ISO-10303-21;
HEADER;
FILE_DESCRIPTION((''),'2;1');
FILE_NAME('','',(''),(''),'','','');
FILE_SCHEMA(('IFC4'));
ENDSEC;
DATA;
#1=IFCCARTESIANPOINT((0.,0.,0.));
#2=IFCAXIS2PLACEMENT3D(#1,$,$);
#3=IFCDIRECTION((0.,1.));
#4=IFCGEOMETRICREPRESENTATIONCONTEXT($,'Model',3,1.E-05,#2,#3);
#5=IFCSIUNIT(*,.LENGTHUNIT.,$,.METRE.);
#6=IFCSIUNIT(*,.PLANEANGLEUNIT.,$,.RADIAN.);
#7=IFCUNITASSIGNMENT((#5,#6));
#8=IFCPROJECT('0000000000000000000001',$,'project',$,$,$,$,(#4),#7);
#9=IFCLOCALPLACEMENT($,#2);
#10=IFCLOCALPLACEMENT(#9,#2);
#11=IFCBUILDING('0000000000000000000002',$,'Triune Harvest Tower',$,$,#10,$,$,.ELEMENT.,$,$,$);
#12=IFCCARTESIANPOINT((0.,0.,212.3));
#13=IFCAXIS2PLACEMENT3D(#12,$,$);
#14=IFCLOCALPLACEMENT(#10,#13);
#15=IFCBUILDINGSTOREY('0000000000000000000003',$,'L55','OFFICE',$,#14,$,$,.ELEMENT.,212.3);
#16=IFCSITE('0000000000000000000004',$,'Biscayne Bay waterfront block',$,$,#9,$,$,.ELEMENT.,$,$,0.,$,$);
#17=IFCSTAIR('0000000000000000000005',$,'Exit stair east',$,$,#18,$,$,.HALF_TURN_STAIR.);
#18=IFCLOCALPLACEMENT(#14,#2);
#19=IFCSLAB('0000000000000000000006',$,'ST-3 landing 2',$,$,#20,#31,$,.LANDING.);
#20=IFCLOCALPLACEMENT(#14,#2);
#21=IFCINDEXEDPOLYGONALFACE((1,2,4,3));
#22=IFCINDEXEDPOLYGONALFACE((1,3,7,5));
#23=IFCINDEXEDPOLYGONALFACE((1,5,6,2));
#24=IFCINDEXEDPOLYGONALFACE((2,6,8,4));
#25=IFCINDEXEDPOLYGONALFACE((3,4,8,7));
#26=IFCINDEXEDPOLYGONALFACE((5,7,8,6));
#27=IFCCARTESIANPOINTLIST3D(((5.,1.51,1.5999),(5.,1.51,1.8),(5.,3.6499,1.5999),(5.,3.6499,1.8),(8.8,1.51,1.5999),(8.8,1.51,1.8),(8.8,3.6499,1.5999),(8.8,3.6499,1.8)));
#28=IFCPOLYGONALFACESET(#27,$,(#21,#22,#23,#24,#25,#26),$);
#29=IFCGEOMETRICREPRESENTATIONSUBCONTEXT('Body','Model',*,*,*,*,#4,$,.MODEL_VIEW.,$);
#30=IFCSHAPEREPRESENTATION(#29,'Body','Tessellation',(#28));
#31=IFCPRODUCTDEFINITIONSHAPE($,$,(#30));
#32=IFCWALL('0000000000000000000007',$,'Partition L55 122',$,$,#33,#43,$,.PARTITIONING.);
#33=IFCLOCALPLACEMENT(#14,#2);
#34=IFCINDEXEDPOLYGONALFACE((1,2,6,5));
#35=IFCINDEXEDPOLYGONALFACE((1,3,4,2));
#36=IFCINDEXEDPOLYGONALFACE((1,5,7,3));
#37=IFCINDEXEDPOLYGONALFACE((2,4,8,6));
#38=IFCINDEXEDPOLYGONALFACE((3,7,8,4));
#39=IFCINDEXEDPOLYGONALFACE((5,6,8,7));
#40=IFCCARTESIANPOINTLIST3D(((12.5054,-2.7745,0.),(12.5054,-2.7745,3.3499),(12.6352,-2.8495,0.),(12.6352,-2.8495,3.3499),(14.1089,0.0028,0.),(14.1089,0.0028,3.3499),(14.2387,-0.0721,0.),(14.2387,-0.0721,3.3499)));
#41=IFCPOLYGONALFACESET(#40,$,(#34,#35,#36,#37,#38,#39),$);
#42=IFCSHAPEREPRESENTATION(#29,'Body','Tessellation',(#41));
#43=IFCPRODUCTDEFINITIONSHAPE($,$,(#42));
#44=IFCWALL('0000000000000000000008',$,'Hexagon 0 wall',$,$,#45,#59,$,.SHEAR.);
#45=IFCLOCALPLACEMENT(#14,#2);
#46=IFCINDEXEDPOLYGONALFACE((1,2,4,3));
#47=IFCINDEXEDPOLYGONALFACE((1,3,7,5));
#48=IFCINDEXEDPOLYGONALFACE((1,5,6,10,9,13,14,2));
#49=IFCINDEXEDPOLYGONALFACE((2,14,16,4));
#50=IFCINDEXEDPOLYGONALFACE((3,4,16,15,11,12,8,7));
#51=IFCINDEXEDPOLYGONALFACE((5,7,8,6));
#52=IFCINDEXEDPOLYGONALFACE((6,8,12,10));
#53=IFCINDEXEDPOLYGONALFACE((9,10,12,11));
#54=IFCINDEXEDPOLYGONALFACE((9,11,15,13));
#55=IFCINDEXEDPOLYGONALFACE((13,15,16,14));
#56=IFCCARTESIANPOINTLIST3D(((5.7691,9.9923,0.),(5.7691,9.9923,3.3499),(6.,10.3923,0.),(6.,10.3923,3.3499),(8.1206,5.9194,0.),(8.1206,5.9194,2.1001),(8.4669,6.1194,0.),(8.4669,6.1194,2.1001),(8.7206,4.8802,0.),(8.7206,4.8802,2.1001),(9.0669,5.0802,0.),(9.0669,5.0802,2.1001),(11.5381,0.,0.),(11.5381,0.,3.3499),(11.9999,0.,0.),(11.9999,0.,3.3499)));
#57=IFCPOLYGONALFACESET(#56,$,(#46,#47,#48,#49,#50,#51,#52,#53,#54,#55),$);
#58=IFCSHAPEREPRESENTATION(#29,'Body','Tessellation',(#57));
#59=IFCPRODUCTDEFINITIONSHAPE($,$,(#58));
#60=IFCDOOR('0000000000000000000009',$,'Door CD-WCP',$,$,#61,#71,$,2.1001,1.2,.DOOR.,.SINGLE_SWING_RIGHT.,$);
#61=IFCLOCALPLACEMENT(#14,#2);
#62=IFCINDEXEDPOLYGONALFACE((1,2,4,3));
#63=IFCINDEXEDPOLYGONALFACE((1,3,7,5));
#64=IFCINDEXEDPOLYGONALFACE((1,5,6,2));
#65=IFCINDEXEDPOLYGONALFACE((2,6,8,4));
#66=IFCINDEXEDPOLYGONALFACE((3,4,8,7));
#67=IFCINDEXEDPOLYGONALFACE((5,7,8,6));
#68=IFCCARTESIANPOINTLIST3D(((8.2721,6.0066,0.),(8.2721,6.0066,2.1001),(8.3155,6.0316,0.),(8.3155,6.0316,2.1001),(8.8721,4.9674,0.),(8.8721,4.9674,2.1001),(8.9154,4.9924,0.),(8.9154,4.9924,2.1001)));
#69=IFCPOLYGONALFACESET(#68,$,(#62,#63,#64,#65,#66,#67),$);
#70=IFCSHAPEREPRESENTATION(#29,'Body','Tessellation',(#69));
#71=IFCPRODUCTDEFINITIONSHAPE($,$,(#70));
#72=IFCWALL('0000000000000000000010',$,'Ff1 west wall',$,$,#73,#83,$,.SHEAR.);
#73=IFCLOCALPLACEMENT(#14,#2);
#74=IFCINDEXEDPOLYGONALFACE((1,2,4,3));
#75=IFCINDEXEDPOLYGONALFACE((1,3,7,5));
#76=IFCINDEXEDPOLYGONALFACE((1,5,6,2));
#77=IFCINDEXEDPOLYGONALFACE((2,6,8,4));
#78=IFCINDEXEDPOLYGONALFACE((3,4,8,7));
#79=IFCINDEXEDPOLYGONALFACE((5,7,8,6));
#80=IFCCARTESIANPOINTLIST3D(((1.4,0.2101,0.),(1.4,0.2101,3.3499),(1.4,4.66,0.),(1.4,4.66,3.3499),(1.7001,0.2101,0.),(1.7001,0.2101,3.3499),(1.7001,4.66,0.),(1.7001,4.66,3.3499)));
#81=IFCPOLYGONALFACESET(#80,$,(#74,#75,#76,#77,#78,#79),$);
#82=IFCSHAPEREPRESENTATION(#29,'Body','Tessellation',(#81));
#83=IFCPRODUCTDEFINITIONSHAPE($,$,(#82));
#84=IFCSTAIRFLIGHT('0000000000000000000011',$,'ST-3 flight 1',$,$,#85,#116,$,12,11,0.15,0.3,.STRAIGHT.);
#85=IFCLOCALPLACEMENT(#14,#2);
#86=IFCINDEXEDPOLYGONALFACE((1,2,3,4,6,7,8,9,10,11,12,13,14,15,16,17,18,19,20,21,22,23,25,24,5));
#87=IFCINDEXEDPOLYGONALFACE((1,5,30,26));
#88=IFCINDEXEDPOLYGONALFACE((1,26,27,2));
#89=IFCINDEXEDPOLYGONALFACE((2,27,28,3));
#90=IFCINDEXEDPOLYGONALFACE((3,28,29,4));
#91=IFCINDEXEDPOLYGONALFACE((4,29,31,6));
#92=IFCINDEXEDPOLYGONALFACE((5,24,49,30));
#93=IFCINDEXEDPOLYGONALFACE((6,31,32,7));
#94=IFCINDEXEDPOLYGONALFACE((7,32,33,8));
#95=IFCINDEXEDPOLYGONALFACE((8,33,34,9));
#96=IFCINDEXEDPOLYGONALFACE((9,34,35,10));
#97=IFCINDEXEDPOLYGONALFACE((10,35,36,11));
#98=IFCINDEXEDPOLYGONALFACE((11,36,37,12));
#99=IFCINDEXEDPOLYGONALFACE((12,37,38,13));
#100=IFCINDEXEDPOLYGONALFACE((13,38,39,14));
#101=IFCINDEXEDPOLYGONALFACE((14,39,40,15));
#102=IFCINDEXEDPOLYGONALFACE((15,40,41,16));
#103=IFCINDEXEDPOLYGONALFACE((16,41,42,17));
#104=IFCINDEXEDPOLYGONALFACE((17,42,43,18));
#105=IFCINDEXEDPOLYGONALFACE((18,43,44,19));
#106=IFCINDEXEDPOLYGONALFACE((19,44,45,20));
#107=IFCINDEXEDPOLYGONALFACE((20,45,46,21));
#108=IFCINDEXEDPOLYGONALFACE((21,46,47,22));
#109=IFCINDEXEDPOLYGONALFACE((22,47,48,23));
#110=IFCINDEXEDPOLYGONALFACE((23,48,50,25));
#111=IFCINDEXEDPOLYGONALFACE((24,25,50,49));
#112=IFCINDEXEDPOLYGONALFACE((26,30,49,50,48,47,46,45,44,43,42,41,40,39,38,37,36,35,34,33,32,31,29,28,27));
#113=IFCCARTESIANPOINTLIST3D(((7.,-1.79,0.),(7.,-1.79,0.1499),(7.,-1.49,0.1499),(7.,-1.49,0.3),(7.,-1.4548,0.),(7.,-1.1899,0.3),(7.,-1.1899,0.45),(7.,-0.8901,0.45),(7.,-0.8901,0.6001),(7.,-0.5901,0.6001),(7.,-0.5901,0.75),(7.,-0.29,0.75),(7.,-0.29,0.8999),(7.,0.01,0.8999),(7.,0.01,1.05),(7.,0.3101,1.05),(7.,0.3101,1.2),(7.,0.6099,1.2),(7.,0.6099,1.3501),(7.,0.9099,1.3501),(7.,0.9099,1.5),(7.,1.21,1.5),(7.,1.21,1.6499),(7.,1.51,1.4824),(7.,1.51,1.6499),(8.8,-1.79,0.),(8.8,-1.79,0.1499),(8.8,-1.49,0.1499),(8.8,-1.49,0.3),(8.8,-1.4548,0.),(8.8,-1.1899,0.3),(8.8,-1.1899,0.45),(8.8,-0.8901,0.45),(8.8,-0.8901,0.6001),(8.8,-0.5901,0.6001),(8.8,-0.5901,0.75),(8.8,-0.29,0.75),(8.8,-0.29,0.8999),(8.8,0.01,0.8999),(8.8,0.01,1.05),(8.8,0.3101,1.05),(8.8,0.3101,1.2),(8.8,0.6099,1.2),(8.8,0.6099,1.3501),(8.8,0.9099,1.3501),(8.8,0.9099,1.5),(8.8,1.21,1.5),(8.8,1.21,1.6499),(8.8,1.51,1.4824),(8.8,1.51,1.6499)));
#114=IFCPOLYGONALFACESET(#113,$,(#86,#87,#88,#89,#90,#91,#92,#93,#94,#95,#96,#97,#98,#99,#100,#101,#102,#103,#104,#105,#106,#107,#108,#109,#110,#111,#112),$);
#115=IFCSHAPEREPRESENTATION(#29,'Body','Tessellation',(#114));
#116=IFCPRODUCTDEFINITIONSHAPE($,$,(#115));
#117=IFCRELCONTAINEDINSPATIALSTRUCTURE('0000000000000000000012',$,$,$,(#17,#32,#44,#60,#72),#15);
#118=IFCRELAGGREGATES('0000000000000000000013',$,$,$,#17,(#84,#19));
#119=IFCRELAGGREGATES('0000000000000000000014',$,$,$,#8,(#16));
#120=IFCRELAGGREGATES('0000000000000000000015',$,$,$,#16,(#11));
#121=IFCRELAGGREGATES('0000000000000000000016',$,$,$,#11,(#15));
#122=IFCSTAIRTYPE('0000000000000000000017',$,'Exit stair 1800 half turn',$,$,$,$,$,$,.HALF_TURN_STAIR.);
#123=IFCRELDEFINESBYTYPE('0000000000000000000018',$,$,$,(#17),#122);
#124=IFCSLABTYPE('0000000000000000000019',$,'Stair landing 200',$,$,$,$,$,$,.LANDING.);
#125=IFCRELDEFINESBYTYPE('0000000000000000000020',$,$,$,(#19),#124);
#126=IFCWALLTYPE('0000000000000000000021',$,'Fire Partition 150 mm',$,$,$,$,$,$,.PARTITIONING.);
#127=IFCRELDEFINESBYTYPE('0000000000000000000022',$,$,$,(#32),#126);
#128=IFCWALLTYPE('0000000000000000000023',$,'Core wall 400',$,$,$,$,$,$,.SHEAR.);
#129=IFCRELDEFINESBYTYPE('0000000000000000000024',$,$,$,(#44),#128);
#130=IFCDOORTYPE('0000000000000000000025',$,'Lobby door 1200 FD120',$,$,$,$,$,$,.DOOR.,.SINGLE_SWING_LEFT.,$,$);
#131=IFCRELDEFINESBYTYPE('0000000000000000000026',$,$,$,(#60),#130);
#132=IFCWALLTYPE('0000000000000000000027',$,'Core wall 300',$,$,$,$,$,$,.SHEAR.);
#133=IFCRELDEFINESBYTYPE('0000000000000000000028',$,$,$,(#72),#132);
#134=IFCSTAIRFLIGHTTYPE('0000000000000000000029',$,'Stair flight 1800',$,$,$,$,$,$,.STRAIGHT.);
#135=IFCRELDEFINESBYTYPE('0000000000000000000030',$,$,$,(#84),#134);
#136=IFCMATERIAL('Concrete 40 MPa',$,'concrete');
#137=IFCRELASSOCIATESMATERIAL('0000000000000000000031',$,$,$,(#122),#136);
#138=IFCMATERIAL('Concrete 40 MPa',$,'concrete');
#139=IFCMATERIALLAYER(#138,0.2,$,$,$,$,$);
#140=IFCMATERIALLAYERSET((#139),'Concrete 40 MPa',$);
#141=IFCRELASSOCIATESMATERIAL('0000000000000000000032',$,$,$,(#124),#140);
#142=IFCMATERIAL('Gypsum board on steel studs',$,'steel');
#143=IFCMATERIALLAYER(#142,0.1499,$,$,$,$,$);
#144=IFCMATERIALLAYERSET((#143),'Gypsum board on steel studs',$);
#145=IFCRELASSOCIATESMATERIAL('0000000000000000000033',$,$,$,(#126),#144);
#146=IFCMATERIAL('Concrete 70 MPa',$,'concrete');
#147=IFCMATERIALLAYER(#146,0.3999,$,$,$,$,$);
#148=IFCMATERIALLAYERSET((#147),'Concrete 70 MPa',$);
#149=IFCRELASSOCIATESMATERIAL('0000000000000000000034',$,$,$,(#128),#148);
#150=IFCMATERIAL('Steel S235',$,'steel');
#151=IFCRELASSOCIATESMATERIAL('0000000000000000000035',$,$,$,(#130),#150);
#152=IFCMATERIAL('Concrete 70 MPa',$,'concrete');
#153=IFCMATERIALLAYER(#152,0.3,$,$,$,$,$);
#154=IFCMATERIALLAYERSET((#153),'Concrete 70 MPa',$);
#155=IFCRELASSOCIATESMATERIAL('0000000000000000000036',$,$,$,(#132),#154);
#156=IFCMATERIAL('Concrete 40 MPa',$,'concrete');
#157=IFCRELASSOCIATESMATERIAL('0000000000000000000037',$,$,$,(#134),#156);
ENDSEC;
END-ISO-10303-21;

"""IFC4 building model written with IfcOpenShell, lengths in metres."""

from ifc_helpers import new_model, si_unit, direction, frame, frame_2d, origin, place, context, subcontext, project, spatial, polyline, rectangle, outline, extrude, source, transform, mapped, material, layer, layer_set, type_object, element, fill, aggregate, save


model = new_model("IFC4")

# Units and contexts
model_context = context("Model", 3, precision=1e-05, world=origin(), true_north=direction((0.0, 1.0)))
body_context = subcontext(model_context, "Body", "Model", "MODEL_VIEW")
ifc_project = project(units=[si_unit("LENGTHUNIT", "METRE"), si_unit("PLANEANGLEUNIT", "RADIAN")], contexts=[model_context])

# Site, building, storey
site_placement = place(None, origin())
site = spatial("IfcSite", under=ifc_project, at=site_placement, Name="Biscayne Bay waterfront block", CompositionType="ELEMENT", RefElevation=0.0)
building_placement = place(site_placement, origin())
building = spatial("IfcBuilding", under=site, at=building_placement, Name="Triune Harvest Tower", CompositionType="ELEMENT")
storey_placement = place(building_placement, frame((0.0, 0.0, 212.3)))
storey = spatial("IfcBuildingStorey", under=building, at=storey_placement, Name="L55", Description="OFFICE", CompositionType="ELEMENT", Elevation=212.3)

# Stair, slab
ifc_material_1 = material(Name="Concrete 40 MPa", Category="concrete")
stair_type = type_object("IfcStairType", Name="Exit stair 1800 half turn", PredefinedType="HALF_TURN_STAIR", material=ifc_material_1)
ifc_material_2 = material(Name="Concrete 40 MPa", Category="concrete")
ifc_layer_1 = layer(ifc_material_2, 0.2)
ifc_layer_set_1 = layer_set([ifc_layer_1], Name="Concrete 40 MPa")
slab_type_1 = type_object("IfcSlabType", Name="Stair landing 200", PredefinedType="LANDING", material=ifc_layer_set_1)
stair_1_placement = place(storey_placement, origin())
stair_1 = element("IfcStair", 1, at=stair_1_placement, inside=storey, type_object=stair_type, Name="Exit stair east", PredefinedType="HALF_TURN_STAIR")
shared_shape_1 = source(origin(), body_context, "Body", "SweptSolid", [
    extrude(outline(polyline([(8.8, 1.51), (8.8, 3.6499), (5.0, 3.6499), (5.0, 1.51), (8.8, 1.51)])), origin(), (0.0, 0.0, 1.0), 0.2002),
])
slab_1_placement = place(storey_placement, frame((0.0, 0.0, 1.5999)))
slab_1 = element("IfcSlab", 2, at=slab_1_placement, type_object=slab_type_1, Name="ST-3 landing 2", PredefinedType="LANDING", context=body_context, shape_type="MappedRepresentation", body=[
    mapped(shared_shape_1, transform((0.0, 0.0, 0.0), scale=1.0)),
])

# Wall
ifc_material_3 = material(Name="Gypsum board on steel studs", Category="steel")
ifc_layer_2 = layer(ifc_material_3, 0.1499)
ifc_layer_set_2 = layer_set([ifc_layer_2], Name="Gypsum board on steel studs")
wall_type_1 = type_object("IfcWallType", Name="Fire Partition 150 mm", PredefinedType="PARTITIONING", material=ifc_layer_set_2)
wall_1_placement = place(storey_placement, frame((12.5703, -2.812, 0.0), z_axis=(0.0, 0.0, 1.0), x_axis=(0.500004, 0.866023, 0.0)))
element("IfcWall", 3, at=wall_1_placement, inside=storey, type_object=wall_type_1, Name="Partition L55 122", PredefinedType="PARTITIONING", context=body_context, shape_type="SweptSolid", body=[
    extrude(rectangle(XDim=3.207, YDim=0.1499, at=frame_2d((1.6035, 0.0))), origin(), (0.0, 0.0, 1.0), 3.3499),
])

# Wall, opening, door
ifc_material_4 = material(Name="Concrete 70 MPa", Category="concrete")
ifc_layer_3 = layer(ifc_material_4, 0.3999)
ifc_layer_set_3 = layer_set([ifc_layer_3], Name="Concrete 70 MPa")
wall_type_2 = type_object("IfcWallType", Name="Core wall 400", PredefinedType="SHEAR", material=ifc_layer_set_3)
shared_shape_2 = source(origin(), body_context, "Body", "SweptSolid", [
    extrude(outline(polyline([(-0.1155, -0.2), (11.8845, -0.2), (11.6536, 0.2), (0.1155, 0.2), (-0.1155, -0.2)])), origin(), (0.0, 0.0, 1.0), 3.3499),
])
wall_2_placement = place(storey_placement, frame((11.769, 0.0, 0.0), z_axis=(0.0, 0.0, 1.0), x_axis=(-0.499997, 0.866027, 0.0)))
wall_2 = element("IfcWall", 4, at=wall_2_placement, inside=storey, type_object=wall_type_2, Name="Hexagon 0 wall", PredefinedType="SHEAR", context=body_context, shape_type="MappedRepresentation", body=[
    mapped(shared_shape_2, transform((0.0, 0.0, 0.0), scale=1.0)),
])
opening_placement = place(wall_2_placement, frame((5.7505, 0.0, 0.0)))
opening = element("IfcOpeningElement", 5, at=opening_placement, cuts=wall_2, PredefinedType="OPENING", context=body_context, shape_type="SweptSolid", body=[
    extrude(rectangle(XDim=1.2, YDim=2.1001, at=frame_2d((0.6001, 1.05))), frame((0.0, 0.21, 0.0), z_axis=(0.0, -1.0, 0.0), x_axis=(1.0, 0.0, 0.0)), (0.0, 0.0, 1.0), 0.4199),
])
ifc_material_5 = material(Name="Steel S235", Category="steel")
door_type = type_object("IfcDoorType", Name="Lobby door 1200 FD120", OperationType="SINGLE_SWING_LEFT", PredefinedType="DOOR", material=ifc_material_5)
door_placement = place(opening_placement, frame((1.2, 0.0, 0.0), z_axis=(0.0, 0.0, 1.0), x_axis=(-1.0, 0.0, 0.0)))
door = element("IfcDoor", 6, at=door_placement, inside=storey, type_object=door_type, Name="Door CD-WCP", OperationType="SINGLE_SWING_RIGHT", OverallHeight=2.1001, OverallWidth=1.2, PredefinedType="DOOR", context=body_context, shape_type="SweptSolid", body=[
    extrude(rectangle(XDim=1.2, YDim=2.1001, at=frame_2d((0.6001, 1.05))), frame((0.0, 0.0249, 0.0), z_axis=(0.0, -1.0, 0.0), x_axis=(1.0, 0.0, 0.0)), (0.0, 0.0, 1.0), 0.05),
])
fill(opening, door)

# Wall
ifc_material_6 = material(Name="Concrete 70 MPa", Category="concrete")
ifc_layer_4 = layer(ifc_material_6, 0.3)
ifc_layer_set_4 = layer_set([ifc_layer_4], Name="Concrete 70 MPa")
wall_type_3 = type_object("IfcWallType", Name="Core wall 300", PredefinedType="SHEAR", material=ifc_layer_set_4)
shared_shape_3 = source(origin(), body_context, "Body", "SweptSolid", [
    extrude(rectangle(XDim=4.45, YDim=0.3, at=frame_2d((2.2251, 0.0))), origin(), (0.0, 0.0, 1.0), 3.3499),
])
wall_3_placement = place(storey_placement, frame((1.55, 0.21, 0.0), z_axis=(0.0, 0.0, 1.0), x_axis=(0.0, 1.0, 0.0)))
element("IfcWall", 7, at=wall_3_placement, inside=storey, type_object=wall_type_3, Name="Ff1 west wall", PredefinedType="SHEAR", context=body_context, shape_type="MappedRepresentation", body=[
    mapped(shared_shape_3, transform((0.0, 0.0, 0.0), scale=1.0)),
])

# Stair flight
ifc_material_7 = material(Name="Concrete 40 MPa", Category="concrete")
stair_flight_type = type_object("IfcStairFlightType", Name="Stair flight 1800", PredefinedType="STRAIGHT", material=ifc_material_7)
shared_shape_4 = source(origin(), body_context, "Body", "SweptSolid", [
    extrude(outline(polyline([(0.0, 0.0), (0.0, 0.1499), (0.3, 0.1499), (0.3, 0.3), (0.6001, 0.3), (0.6001, 0.45), (0.8999, 0.45), (0.8999, 0.6001), (1.2, 0.6001), (1.2, 0.75), (1.5, 0.75), (1.5, 0.8999), (1.8, 0.8999), (1.8, 1.05), (2.1001, 1.05), (2.1001, 1.2), (2.3999, 1.2), (2.3999, 1.3501), (2.7, 1.3501), (2.7, 1.5), (3.0, 1.5), (3.0, 1.6499), (3.3, 1.6499), (3.3, 1.8), (3.3, 1.4824), (0.3352, 0.0), (0.0, 0.0)])), frame((0.0, 0.8999, 0.0), z_axis=(0.0, -1.0, 0.0), x_axis=(1.0, 0.0, 0.0)), (0.0, 0.0, 1.0), 1.8),
])
stair_flight_placement = place(storey_placement, frame((7.8999, -1.79, 0.0), z_axis=(0.0, 0.0, 1.0), x_axis=(0.0, 1.0, 0.0)))
stair_flight = element("IfcStairFlight", 8, at=stair_flight_placement, type_object=stair_flight_type, Name="ST-3 flight 1", NumberOfRisers=12, NumberOfTreads=11, PredefinedType="STRAIGHT", RiserHeight=0.15, TreadLength=0.3, context=body_context, shape_type="MappedRepresentation", body=[
    mapped(shared_shape_4, transform((0.0, 0.0, 0.0), scale=1.0)),
])
aggregate(stair_1, [stair_flight, slab_1])

save(model, "model.ifc")
